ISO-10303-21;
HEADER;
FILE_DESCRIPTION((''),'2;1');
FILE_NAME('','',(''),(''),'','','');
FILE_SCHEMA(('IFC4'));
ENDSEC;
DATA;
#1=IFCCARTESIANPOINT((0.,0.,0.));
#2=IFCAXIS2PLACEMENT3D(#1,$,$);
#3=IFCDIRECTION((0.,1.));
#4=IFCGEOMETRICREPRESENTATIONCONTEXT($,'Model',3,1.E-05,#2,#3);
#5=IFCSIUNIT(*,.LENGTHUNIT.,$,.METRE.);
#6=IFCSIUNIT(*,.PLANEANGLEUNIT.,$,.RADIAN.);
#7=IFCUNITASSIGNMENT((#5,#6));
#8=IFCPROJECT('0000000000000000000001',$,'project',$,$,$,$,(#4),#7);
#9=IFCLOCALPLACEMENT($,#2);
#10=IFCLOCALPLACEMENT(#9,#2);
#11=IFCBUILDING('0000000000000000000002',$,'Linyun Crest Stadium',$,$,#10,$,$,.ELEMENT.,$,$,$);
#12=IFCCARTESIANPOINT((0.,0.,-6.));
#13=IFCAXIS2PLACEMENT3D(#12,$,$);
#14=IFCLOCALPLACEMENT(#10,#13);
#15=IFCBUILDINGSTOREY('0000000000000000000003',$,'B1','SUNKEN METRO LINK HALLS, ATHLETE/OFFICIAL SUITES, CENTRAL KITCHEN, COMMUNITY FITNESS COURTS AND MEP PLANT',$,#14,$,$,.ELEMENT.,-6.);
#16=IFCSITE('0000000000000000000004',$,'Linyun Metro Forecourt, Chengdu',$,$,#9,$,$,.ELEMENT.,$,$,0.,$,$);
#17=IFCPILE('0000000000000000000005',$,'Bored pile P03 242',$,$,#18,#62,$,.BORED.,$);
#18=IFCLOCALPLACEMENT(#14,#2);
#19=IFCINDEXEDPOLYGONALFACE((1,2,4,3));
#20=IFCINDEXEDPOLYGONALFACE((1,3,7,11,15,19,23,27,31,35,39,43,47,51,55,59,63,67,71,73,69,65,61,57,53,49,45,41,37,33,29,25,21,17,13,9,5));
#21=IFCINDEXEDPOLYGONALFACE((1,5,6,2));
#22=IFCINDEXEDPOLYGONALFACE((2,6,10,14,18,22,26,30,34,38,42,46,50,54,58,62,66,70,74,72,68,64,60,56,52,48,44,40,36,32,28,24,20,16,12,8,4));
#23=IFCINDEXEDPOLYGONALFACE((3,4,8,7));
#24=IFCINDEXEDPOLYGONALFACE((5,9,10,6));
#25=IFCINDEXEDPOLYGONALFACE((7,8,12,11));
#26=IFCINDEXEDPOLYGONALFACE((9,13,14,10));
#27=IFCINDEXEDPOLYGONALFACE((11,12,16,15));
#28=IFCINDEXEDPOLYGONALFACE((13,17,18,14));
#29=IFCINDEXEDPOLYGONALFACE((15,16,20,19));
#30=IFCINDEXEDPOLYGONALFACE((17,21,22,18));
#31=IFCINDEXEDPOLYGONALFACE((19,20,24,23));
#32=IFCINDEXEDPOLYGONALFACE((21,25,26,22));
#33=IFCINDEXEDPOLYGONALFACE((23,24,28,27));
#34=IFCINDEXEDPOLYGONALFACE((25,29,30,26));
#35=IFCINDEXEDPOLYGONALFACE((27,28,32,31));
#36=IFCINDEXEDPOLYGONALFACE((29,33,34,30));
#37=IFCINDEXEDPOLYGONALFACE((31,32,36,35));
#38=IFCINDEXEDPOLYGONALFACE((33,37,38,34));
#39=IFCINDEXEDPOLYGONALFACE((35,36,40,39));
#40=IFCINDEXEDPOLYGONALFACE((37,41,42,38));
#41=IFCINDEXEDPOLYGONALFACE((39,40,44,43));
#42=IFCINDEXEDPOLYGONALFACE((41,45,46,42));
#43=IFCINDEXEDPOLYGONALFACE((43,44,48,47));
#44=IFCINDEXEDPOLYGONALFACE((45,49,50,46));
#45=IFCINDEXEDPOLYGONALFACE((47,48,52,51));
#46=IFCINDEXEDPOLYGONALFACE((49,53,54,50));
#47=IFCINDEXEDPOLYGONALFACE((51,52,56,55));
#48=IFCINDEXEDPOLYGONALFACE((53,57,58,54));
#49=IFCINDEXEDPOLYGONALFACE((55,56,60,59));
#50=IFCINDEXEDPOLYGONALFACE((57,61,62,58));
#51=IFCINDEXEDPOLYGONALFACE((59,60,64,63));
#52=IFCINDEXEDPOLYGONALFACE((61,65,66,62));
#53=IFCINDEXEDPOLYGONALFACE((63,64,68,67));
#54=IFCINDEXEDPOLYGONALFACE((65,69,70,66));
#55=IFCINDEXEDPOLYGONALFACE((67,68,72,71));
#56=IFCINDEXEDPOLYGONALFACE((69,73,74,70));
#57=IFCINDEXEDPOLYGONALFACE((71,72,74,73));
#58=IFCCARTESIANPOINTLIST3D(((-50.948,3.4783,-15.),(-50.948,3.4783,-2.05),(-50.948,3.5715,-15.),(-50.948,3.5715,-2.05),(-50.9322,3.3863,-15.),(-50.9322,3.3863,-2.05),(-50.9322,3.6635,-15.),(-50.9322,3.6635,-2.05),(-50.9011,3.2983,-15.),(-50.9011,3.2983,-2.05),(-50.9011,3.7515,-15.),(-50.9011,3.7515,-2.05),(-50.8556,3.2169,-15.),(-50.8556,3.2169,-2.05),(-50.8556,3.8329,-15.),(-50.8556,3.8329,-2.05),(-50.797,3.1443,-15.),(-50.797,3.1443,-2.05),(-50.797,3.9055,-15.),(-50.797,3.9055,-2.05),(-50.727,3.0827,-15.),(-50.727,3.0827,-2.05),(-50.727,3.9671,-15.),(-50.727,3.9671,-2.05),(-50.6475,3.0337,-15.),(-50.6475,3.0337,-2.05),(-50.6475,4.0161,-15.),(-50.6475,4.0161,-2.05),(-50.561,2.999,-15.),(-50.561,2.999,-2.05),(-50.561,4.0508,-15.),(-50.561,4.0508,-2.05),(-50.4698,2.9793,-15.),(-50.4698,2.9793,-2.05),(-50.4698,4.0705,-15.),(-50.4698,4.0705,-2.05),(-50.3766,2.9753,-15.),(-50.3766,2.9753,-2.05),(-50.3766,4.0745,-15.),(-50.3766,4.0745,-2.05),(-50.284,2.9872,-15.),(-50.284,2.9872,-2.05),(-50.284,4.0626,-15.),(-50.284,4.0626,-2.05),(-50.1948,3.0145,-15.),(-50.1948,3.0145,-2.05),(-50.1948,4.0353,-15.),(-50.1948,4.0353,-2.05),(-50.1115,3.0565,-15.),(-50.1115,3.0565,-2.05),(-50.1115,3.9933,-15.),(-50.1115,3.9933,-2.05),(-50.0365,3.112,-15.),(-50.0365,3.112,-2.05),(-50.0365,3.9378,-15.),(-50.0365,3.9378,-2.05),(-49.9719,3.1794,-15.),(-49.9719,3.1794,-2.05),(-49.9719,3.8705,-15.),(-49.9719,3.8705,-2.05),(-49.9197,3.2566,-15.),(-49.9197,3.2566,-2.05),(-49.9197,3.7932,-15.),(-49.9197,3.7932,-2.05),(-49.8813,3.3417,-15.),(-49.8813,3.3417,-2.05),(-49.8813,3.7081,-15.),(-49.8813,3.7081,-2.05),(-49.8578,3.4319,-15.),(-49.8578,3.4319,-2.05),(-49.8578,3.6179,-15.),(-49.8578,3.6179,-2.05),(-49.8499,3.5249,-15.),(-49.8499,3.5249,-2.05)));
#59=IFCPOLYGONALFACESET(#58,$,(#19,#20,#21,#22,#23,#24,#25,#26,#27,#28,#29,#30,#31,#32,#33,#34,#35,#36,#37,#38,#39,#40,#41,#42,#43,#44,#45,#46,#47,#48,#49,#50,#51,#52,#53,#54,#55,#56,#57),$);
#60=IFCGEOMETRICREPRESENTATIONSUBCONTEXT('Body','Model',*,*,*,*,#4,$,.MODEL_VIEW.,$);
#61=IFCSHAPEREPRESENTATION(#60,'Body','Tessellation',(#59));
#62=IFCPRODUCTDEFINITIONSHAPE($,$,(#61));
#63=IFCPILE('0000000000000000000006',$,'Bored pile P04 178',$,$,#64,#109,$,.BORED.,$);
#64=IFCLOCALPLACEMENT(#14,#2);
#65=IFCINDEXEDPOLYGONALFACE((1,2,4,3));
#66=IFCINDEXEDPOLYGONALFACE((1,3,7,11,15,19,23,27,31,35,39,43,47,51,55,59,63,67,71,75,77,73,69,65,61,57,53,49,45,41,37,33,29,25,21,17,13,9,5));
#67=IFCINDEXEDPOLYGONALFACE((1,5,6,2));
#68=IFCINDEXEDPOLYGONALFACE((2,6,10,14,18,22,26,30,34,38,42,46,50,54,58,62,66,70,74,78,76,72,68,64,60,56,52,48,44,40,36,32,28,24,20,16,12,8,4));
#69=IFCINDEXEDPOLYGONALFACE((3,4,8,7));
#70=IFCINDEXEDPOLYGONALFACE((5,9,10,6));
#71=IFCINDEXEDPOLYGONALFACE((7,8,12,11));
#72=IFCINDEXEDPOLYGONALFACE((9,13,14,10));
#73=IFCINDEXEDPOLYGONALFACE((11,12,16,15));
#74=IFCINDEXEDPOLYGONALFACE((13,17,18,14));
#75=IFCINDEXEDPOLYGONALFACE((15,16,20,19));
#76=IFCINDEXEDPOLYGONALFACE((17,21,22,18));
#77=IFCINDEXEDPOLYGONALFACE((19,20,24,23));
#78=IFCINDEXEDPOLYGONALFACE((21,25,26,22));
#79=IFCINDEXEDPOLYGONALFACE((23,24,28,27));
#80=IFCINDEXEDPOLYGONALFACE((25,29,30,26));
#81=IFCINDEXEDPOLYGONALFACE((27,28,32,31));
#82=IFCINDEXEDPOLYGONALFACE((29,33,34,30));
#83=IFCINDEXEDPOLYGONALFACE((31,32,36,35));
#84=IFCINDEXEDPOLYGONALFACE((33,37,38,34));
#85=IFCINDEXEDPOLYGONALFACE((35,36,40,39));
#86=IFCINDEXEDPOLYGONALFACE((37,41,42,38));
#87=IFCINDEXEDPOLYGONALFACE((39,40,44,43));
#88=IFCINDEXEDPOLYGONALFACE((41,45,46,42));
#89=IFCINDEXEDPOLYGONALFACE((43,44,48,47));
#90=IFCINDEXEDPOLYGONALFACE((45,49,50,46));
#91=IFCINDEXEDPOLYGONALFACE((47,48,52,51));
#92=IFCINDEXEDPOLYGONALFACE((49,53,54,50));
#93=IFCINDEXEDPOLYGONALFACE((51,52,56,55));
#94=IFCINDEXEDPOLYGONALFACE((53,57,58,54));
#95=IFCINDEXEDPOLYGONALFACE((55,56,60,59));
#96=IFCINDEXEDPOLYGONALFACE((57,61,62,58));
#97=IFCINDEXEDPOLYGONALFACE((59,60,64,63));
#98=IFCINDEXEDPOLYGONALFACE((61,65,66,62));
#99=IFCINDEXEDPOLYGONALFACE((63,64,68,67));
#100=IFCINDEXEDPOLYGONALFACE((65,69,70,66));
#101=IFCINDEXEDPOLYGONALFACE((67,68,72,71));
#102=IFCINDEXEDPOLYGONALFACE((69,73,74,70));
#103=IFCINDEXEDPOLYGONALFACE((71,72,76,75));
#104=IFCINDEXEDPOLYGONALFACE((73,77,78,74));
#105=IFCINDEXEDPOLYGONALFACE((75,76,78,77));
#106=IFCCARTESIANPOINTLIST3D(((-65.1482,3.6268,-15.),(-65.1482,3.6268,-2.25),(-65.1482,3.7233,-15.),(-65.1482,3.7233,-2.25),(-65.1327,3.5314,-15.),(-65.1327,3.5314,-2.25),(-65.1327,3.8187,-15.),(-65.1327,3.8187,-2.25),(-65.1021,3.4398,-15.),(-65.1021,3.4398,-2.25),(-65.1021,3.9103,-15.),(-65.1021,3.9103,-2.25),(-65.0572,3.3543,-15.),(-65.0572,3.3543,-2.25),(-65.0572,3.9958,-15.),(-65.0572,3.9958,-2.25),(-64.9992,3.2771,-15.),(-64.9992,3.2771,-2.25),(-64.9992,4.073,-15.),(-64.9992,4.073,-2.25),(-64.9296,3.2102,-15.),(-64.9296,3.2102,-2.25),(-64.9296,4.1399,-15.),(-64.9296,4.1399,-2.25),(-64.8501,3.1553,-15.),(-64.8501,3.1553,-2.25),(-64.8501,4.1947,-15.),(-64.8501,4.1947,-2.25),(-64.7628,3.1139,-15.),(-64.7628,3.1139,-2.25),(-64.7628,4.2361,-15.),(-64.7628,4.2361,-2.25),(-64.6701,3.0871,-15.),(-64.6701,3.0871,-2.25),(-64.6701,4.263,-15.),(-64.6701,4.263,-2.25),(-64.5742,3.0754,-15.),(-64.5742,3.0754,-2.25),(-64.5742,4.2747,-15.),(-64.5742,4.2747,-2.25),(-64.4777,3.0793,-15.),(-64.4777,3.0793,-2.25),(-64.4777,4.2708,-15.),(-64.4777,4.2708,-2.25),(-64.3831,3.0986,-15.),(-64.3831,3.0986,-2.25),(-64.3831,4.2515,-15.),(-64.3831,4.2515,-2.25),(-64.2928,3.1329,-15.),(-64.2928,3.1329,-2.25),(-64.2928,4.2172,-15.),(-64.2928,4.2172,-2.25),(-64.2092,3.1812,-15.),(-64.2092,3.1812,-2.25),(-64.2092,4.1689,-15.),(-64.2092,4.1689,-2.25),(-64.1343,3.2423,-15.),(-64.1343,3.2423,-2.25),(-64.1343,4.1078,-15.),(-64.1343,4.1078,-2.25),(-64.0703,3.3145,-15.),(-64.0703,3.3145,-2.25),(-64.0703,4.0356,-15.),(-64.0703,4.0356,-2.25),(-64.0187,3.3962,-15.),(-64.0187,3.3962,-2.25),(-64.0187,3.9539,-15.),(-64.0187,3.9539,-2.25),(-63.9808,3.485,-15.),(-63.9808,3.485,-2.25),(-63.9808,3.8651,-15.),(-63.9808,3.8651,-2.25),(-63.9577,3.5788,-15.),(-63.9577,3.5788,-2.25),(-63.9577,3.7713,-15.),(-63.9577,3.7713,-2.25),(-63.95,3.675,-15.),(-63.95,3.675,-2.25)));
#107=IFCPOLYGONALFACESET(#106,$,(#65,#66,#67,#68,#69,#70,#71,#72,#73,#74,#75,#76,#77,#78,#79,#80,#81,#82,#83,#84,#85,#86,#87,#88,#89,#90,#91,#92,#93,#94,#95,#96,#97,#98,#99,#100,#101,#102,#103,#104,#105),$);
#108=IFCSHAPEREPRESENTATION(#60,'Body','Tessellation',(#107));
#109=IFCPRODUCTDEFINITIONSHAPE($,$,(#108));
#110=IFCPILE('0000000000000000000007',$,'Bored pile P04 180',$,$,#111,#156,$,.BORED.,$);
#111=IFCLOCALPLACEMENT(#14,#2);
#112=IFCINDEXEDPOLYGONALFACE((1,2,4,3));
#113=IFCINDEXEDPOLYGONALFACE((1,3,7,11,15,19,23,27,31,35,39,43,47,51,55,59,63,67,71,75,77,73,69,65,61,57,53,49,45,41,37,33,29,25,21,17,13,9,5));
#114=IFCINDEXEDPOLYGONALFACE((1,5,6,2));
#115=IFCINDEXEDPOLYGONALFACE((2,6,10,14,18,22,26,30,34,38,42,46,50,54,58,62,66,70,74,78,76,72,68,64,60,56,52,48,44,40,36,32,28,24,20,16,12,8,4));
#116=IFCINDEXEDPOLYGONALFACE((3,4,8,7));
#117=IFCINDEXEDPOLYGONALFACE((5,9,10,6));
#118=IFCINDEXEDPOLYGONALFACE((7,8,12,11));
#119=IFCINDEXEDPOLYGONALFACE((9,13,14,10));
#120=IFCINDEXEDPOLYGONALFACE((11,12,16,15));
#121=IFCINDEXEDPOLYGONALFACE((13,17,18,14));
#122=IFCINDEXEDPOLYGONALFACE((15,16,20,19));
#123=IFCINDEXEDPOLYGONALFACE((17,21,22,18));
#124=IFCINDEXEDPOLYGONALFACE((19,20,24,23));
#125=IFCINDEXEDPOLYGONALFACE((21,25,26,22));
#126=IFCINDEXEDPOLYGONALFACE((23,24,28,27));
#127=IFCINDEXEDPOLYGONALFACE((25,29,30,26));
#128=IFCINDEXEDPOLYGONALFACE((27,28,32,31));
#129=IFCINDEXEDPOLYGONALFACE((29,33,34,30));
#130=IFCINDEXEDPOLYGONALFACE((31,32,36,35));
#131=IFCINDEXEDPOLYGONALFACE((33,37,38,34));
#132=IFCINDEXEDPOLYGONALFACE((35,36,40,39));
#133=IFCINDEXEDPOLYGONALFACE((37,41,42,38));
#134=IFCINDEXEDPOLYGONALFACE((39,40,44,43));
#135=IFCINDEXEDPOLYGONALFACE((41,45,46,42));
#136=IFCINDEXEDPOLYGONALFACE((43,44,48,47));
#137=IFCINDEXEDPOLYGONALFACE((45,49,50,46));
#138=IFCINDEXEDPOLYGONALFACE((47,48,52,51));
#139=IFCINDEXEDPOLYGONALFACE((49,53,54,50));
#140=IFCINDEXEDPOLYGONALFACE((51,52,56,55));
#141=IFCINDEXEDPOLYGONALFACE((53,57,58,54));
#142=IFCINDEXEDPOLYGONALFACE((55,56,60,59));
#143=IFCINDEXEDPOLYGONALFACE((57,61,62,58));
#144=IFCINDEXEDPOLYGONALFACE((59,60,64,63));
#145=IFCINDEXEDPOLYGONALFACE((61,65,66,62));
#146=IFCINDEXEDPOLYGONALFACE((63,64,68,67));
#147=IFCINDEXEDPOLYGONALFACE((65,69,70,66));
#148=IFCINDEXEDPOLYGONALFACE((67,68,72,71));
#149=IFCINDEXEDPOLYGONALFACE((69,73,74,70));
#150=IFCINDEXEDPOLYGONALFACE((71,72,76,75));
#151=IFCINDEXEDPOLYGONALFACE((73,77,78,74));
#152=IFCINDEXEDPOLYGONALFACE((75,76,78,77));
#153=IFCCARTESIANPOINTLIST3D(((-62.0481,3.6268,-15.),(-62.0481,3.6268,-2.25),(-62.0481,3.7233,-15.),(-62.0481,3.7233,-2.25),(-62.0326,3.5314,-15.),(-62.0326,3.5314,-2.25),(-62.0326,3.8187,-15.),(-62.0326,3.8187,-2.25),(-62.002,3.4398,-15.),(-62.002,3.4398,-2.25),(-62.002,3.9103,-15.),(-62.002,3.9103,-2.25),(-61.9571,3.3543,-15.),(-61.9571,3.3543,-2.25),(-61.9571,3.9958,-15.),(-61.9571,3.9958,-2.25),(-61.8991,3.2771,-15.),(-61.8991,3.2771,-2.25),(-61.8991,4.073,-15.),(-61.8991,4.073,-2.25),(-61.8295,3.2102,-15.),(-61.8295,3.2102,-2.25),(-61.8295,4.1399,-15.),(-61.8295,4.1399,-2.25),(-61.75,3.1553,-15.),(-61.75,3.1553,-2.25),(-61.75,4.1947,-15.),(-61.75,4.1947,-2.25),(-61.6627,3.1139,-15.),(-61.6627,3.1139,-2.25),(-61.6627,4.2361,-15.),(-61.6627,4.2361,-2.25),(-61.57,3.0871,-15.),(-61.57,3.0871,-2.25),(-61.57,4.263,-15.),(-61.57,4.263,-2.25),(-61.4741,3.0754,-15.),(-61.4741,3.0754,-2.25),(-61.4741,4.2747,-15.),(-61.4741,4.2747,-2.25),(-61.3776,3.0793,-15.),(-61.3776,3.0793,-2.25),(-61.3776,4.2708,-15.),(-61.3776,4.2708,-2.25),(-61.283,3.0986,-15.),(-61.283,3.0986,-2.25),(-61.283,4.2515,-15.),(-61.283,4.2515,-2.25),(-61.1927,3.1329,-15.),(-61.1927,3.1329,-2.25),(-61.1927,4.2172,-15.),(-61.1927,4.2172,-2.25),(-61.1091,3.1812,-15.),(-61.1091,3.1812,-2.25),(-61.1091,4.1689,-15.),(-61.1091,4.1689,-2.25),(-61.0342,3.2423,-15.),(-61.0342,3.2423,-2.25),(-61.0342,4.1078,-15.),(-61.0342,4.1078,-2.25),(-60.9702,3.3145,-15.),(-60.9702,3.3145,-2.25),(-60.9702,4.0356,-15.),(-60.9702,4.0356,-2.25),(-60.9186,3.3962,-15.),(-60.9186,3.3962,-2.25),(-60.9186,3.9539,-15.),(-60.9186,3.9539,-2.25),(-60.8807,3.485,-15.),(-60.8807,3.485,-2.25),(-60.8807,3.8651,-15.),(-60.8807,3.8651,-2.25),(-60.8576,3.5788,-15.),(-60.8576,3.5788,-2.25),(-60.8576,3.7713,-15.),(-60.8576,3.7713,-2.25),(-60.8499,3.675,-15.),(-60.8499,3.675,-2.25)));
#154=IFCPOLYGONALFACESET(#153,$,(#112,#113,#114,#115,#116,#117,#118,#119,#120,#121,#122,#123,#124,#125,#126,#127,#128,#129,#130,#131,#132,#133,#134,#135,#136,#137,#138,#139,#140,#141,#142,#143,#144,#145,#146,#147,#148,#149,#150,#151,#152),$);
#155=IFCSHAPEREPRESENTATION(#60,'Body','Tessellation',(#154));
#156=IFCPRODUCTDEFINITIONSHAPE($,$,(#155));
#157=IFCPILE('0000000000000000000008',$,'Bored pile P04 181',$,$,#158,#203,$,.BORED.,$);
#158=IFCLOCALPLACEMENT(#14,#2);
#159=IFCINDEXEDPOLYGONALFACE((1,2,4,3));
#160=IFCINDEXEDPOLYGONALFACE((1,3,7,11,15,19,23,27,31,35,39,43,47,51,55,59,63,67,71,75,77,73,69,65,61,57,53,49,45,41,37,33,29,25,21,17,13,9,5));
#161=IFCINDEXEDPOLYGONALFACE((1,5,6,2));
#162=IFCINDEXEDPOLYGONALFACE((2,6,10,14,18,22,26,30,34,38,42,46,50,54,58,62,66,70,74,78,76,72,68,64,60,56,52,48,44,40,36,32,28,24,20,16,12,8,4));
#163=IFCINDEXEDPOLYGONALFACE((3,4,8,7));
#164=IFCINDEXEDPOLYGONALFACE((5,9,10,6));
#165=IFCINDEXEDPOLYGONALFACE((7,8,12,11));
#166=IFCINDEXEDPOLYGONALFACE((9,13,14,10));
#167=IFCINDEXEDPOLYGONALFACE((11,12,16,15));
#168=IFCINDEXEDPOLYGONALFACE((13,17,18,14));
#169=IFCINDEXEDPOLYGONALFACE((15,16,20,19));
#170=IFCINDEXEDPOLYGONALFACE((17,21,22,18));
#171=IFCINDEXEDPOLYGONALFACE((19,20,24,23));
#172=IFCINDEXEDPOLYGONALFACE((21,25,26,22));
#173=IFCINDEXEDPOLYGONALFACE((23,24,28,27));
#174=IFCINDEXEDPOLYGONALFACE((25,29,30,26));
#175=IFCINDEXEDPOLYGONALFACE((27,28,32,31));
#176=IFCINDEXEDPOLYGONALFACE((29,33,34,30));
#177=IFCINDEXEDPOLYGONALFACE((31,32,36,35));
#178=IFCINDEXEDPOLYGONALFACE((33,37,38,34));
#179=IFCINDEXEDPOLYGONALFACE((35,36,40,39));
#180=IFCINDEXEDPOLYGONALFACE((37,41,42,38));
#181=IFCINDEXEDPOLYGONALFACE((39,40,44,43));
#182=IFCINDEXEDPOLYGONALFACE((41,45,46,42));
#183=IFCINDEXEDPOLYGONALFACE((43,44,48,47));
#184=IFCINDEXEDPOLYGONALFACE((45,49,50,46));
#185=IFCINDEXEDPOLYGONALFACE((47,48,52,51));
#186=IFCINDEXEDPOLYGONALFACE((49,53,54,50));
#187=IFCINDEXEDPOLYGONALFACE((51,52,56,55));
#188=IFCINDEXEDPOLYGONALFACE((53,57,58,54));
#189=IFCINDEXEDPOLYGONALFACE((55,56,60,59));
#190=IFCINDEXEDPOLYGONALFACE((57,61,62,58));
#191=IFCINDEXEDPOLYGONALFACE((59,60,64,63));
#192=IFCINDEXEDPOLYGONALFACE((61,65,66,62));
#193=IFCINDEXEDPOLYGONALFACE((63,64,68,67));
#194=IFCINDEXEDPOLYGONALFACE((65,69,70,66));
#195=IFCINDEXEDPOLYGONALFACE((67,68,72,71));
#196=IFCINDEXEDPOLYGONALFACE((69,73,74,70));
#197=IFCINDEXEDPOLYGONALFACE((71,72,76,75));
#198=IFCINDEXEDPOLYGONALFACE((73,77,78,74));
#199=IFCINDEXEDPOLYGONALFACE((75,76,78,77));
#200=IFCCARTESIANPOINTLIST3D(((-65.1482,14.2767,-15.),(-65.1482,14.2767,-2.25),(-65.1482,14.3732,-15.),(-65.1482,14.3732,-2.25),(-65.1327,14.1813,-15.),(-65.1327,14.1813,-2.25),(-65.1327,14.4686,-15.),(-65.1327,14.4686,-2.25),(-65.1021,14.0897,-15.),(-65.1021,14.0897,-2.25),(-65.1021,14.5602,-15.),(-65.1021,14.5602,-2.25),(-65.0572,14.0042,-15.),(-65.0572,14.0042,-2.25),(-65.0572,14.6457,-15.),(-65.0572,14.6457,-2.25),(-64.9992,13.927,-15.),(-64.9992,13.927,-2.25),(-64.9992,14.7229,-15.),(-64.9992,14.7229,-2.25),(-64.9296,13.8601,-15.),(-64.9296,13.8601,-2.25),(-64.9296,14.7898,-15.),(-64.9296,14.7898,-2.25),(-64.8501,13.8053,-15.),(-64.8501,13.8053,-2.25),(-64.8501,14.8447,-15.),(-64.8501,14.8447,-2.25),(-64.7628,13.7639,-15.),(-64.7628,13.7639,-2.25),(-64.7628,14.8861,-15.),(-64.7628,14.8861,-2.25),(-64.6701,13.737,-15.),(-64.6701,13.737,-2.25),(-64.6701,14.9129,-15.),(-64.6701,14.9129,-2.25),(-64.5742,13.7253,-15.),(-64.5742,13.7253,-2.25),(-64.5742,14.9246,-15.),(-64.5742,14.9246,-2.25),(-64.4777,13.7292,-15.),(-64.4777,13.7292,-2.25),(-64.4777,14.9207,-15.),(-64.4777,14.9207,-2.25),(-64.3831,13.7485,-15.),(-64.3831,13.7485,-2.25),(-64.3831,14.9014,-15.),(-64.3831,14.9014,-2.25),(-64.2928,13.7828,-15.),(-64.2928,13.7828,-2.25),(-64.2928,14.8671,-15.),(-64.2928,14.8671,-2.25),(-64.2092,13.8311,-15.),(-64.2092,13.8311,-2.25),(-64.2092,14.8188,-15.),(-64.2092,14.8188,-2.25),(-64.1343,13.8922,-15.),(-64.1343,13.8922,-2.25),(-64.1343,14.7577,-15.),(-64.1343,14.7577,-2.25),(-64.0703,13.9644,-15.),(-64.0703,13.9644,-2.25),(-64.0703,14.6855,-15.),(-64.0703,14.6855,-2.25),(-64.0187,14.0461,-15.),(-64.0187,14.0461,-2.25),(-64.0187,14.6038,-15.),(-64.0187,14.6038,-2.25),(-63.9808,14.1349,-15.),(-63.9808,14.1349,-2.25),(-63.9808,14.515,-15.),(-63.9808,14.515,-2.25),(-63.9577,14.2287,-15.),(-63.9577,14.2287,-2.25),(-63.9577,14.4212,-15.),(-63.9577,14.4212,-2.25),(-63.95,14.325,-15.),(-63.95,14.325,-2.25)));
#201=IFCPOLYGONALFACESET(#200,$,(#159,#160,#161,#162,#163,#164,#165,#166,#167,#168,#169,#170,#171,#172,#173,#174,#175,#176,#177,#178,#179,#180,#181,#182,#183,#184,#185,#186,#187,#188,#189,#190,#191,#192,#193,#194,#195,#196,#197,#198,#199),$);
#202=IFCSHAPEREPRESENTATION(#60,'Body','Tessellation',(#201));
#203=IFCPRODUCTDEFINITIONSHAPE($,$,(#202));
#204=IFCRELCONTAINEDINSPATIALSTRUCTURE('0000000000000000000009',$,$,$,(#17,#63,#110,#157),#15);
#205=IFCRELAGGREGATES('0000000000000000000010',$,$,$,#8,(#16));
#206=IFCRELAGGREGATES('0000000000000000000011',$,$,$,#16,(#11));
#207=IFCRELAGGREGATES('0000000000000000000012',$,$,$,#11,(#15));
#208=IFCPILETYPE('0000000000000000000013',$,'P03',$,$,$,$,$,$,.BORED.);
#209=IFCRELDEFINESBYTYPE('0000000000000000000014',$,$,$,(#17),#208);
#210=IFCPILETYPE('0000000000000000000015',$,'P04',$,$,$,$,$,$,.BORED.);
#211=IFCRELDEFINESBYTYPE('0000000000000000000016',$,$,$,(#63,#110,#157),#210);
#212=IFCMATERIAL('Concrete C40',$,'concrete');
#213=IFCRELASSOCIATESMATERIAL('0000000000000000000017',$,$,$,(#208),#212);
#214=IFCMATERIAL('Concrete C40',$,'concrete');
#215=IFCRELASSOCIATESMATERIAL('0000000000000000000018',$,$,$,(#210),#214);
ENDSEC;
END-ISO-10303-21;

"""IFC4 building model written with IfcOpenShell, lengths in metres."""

from ifc_helpers import new_model, si_unit, direction, frame, origin, origin_2d, place, context, subcontext, project, spatial, circle, extrude, material, material_profile, profile_set, type_object, element, save


model = new_model("IFC4")

# Units and contexts
model_context = context("Model", 3, precision=1e-05, world=origin(), true_north=direction((0.0, 1.0)))
body_context = subcontext(model_context, "Body", "Model", "MODEL_VIEW")
ifc_project = project(units=[si_unit("LENGTHUNIT", "METRE"), si_unit("PLANEANGLEUNIT", "RADIAN")], contexts=[model_context])

# Site, building, storey
site_placement = place(None, origin())
site = spatial("IfcSite", under=ifc_project, at=site_placement, Name="Linyun Metro Forecourt, Chengdu", CompositionType="ELEMENT", RefElevation=0.0)
building_placement = place(site_placement, origin())
building = spatial("IfcBuilding", under=site, at=building_placement, Name="Linyun Crest Stadium", CompositionType="ELEMENT")
storey_placement = place(building_placement, frame((0.0, 0.0, -6.0)))
storey = spatial("IfcBuildingStorey", under=building, at=storey_placement, Name="B1", Description="SUNKEN METRO LINK HALLS, ATHLETE/OFFICIAL SUITES, CENTRAL KITCHEN, COMMUNITY FITNESS COURTS AND MEP PLANT", CompositionType="ELEMENT", Elevation=-6.0)

# Piles
ifc_material_1 = material(Name="Concrete C40", Category="concrete")
ifc_material_profile_1 = material_profile(ifc_material_1, circle(Radius=0.55, at=origin_2d()), Name="BORED PILE 1100")
ifc_profile_set_1 = profile_set([ifc_material_profile_1], Name="Concrete C40")
pile_type_1 = type_object("IfcPileType", Name="P03", PredefinedType="BORED", material=ifc_profile_set_1)
pile_placement = place(storey_placement, frame((-50.3999, 3.5249, -2.05), z_axis=(0.0, 0.0, -1.0), x_axis=(1.0, 0.0, 0.0)))
element("IfcPile", 1, at=pile_placement, inside=storey, type_object=pile_type_1, Name="Bored pile P03 242", PredefinedType="BORED", context=body_context, shape_type="SweptSolid", body=[
    extrude(circle(Radius=0.55, at=origin_2d()), origin(), (0.0, 0.0, 1.0), 12.95),
])
ifc_material_2 = material(Name="Concrete C40", Category="concrete")
ifc_material_profile_2 = material_profile(ifc_material_2, circle(Radius=0.6001, at=origin_2d()), Name="BORED PILE 1200")
ifc_profile_set_2 = profile_set([ifc_material_profile_2], Name="Concrete C40")
pile_type_2 = type_object("IfcPileType", Name="P04", PredefinedType="BORED", material=ifc_profile_set_2)
for number, where, z_axis, x_axis, name in (
    (2, (-64.55, 3.675, -2.25), (0.0, 0.0, -1.0), (1.0, 0.0, 0.0), "Bored pile P04 178"),
    (3, (-61.45, 3.675, -2.25), (0.0, 0.0, -1.0), (1.0, 0.0, 0.0), "Bored pile P04 180"),
    (4, (-64.55, 14.325, -2.25), (0.0, 0.0, -1.0), (1.0, 0.0, 0.0), "Bored pile P04 181"),
):
    element("IfcPile", number, at=place(storey_placement, frame(where, z_axis=z_axis, x_axis=x_axis)), inside=storey, type_object=pile_type_2, Name=name, PredefinedType="BORED", context=body_context, shape_type="SweptSolid", body=[
        extrude(circle(Radius=0.6001, at=origin_2d()), origin(), (0.0, 0.0, 1.0), 12.75),
    ])

save(model, "model.ifc")
